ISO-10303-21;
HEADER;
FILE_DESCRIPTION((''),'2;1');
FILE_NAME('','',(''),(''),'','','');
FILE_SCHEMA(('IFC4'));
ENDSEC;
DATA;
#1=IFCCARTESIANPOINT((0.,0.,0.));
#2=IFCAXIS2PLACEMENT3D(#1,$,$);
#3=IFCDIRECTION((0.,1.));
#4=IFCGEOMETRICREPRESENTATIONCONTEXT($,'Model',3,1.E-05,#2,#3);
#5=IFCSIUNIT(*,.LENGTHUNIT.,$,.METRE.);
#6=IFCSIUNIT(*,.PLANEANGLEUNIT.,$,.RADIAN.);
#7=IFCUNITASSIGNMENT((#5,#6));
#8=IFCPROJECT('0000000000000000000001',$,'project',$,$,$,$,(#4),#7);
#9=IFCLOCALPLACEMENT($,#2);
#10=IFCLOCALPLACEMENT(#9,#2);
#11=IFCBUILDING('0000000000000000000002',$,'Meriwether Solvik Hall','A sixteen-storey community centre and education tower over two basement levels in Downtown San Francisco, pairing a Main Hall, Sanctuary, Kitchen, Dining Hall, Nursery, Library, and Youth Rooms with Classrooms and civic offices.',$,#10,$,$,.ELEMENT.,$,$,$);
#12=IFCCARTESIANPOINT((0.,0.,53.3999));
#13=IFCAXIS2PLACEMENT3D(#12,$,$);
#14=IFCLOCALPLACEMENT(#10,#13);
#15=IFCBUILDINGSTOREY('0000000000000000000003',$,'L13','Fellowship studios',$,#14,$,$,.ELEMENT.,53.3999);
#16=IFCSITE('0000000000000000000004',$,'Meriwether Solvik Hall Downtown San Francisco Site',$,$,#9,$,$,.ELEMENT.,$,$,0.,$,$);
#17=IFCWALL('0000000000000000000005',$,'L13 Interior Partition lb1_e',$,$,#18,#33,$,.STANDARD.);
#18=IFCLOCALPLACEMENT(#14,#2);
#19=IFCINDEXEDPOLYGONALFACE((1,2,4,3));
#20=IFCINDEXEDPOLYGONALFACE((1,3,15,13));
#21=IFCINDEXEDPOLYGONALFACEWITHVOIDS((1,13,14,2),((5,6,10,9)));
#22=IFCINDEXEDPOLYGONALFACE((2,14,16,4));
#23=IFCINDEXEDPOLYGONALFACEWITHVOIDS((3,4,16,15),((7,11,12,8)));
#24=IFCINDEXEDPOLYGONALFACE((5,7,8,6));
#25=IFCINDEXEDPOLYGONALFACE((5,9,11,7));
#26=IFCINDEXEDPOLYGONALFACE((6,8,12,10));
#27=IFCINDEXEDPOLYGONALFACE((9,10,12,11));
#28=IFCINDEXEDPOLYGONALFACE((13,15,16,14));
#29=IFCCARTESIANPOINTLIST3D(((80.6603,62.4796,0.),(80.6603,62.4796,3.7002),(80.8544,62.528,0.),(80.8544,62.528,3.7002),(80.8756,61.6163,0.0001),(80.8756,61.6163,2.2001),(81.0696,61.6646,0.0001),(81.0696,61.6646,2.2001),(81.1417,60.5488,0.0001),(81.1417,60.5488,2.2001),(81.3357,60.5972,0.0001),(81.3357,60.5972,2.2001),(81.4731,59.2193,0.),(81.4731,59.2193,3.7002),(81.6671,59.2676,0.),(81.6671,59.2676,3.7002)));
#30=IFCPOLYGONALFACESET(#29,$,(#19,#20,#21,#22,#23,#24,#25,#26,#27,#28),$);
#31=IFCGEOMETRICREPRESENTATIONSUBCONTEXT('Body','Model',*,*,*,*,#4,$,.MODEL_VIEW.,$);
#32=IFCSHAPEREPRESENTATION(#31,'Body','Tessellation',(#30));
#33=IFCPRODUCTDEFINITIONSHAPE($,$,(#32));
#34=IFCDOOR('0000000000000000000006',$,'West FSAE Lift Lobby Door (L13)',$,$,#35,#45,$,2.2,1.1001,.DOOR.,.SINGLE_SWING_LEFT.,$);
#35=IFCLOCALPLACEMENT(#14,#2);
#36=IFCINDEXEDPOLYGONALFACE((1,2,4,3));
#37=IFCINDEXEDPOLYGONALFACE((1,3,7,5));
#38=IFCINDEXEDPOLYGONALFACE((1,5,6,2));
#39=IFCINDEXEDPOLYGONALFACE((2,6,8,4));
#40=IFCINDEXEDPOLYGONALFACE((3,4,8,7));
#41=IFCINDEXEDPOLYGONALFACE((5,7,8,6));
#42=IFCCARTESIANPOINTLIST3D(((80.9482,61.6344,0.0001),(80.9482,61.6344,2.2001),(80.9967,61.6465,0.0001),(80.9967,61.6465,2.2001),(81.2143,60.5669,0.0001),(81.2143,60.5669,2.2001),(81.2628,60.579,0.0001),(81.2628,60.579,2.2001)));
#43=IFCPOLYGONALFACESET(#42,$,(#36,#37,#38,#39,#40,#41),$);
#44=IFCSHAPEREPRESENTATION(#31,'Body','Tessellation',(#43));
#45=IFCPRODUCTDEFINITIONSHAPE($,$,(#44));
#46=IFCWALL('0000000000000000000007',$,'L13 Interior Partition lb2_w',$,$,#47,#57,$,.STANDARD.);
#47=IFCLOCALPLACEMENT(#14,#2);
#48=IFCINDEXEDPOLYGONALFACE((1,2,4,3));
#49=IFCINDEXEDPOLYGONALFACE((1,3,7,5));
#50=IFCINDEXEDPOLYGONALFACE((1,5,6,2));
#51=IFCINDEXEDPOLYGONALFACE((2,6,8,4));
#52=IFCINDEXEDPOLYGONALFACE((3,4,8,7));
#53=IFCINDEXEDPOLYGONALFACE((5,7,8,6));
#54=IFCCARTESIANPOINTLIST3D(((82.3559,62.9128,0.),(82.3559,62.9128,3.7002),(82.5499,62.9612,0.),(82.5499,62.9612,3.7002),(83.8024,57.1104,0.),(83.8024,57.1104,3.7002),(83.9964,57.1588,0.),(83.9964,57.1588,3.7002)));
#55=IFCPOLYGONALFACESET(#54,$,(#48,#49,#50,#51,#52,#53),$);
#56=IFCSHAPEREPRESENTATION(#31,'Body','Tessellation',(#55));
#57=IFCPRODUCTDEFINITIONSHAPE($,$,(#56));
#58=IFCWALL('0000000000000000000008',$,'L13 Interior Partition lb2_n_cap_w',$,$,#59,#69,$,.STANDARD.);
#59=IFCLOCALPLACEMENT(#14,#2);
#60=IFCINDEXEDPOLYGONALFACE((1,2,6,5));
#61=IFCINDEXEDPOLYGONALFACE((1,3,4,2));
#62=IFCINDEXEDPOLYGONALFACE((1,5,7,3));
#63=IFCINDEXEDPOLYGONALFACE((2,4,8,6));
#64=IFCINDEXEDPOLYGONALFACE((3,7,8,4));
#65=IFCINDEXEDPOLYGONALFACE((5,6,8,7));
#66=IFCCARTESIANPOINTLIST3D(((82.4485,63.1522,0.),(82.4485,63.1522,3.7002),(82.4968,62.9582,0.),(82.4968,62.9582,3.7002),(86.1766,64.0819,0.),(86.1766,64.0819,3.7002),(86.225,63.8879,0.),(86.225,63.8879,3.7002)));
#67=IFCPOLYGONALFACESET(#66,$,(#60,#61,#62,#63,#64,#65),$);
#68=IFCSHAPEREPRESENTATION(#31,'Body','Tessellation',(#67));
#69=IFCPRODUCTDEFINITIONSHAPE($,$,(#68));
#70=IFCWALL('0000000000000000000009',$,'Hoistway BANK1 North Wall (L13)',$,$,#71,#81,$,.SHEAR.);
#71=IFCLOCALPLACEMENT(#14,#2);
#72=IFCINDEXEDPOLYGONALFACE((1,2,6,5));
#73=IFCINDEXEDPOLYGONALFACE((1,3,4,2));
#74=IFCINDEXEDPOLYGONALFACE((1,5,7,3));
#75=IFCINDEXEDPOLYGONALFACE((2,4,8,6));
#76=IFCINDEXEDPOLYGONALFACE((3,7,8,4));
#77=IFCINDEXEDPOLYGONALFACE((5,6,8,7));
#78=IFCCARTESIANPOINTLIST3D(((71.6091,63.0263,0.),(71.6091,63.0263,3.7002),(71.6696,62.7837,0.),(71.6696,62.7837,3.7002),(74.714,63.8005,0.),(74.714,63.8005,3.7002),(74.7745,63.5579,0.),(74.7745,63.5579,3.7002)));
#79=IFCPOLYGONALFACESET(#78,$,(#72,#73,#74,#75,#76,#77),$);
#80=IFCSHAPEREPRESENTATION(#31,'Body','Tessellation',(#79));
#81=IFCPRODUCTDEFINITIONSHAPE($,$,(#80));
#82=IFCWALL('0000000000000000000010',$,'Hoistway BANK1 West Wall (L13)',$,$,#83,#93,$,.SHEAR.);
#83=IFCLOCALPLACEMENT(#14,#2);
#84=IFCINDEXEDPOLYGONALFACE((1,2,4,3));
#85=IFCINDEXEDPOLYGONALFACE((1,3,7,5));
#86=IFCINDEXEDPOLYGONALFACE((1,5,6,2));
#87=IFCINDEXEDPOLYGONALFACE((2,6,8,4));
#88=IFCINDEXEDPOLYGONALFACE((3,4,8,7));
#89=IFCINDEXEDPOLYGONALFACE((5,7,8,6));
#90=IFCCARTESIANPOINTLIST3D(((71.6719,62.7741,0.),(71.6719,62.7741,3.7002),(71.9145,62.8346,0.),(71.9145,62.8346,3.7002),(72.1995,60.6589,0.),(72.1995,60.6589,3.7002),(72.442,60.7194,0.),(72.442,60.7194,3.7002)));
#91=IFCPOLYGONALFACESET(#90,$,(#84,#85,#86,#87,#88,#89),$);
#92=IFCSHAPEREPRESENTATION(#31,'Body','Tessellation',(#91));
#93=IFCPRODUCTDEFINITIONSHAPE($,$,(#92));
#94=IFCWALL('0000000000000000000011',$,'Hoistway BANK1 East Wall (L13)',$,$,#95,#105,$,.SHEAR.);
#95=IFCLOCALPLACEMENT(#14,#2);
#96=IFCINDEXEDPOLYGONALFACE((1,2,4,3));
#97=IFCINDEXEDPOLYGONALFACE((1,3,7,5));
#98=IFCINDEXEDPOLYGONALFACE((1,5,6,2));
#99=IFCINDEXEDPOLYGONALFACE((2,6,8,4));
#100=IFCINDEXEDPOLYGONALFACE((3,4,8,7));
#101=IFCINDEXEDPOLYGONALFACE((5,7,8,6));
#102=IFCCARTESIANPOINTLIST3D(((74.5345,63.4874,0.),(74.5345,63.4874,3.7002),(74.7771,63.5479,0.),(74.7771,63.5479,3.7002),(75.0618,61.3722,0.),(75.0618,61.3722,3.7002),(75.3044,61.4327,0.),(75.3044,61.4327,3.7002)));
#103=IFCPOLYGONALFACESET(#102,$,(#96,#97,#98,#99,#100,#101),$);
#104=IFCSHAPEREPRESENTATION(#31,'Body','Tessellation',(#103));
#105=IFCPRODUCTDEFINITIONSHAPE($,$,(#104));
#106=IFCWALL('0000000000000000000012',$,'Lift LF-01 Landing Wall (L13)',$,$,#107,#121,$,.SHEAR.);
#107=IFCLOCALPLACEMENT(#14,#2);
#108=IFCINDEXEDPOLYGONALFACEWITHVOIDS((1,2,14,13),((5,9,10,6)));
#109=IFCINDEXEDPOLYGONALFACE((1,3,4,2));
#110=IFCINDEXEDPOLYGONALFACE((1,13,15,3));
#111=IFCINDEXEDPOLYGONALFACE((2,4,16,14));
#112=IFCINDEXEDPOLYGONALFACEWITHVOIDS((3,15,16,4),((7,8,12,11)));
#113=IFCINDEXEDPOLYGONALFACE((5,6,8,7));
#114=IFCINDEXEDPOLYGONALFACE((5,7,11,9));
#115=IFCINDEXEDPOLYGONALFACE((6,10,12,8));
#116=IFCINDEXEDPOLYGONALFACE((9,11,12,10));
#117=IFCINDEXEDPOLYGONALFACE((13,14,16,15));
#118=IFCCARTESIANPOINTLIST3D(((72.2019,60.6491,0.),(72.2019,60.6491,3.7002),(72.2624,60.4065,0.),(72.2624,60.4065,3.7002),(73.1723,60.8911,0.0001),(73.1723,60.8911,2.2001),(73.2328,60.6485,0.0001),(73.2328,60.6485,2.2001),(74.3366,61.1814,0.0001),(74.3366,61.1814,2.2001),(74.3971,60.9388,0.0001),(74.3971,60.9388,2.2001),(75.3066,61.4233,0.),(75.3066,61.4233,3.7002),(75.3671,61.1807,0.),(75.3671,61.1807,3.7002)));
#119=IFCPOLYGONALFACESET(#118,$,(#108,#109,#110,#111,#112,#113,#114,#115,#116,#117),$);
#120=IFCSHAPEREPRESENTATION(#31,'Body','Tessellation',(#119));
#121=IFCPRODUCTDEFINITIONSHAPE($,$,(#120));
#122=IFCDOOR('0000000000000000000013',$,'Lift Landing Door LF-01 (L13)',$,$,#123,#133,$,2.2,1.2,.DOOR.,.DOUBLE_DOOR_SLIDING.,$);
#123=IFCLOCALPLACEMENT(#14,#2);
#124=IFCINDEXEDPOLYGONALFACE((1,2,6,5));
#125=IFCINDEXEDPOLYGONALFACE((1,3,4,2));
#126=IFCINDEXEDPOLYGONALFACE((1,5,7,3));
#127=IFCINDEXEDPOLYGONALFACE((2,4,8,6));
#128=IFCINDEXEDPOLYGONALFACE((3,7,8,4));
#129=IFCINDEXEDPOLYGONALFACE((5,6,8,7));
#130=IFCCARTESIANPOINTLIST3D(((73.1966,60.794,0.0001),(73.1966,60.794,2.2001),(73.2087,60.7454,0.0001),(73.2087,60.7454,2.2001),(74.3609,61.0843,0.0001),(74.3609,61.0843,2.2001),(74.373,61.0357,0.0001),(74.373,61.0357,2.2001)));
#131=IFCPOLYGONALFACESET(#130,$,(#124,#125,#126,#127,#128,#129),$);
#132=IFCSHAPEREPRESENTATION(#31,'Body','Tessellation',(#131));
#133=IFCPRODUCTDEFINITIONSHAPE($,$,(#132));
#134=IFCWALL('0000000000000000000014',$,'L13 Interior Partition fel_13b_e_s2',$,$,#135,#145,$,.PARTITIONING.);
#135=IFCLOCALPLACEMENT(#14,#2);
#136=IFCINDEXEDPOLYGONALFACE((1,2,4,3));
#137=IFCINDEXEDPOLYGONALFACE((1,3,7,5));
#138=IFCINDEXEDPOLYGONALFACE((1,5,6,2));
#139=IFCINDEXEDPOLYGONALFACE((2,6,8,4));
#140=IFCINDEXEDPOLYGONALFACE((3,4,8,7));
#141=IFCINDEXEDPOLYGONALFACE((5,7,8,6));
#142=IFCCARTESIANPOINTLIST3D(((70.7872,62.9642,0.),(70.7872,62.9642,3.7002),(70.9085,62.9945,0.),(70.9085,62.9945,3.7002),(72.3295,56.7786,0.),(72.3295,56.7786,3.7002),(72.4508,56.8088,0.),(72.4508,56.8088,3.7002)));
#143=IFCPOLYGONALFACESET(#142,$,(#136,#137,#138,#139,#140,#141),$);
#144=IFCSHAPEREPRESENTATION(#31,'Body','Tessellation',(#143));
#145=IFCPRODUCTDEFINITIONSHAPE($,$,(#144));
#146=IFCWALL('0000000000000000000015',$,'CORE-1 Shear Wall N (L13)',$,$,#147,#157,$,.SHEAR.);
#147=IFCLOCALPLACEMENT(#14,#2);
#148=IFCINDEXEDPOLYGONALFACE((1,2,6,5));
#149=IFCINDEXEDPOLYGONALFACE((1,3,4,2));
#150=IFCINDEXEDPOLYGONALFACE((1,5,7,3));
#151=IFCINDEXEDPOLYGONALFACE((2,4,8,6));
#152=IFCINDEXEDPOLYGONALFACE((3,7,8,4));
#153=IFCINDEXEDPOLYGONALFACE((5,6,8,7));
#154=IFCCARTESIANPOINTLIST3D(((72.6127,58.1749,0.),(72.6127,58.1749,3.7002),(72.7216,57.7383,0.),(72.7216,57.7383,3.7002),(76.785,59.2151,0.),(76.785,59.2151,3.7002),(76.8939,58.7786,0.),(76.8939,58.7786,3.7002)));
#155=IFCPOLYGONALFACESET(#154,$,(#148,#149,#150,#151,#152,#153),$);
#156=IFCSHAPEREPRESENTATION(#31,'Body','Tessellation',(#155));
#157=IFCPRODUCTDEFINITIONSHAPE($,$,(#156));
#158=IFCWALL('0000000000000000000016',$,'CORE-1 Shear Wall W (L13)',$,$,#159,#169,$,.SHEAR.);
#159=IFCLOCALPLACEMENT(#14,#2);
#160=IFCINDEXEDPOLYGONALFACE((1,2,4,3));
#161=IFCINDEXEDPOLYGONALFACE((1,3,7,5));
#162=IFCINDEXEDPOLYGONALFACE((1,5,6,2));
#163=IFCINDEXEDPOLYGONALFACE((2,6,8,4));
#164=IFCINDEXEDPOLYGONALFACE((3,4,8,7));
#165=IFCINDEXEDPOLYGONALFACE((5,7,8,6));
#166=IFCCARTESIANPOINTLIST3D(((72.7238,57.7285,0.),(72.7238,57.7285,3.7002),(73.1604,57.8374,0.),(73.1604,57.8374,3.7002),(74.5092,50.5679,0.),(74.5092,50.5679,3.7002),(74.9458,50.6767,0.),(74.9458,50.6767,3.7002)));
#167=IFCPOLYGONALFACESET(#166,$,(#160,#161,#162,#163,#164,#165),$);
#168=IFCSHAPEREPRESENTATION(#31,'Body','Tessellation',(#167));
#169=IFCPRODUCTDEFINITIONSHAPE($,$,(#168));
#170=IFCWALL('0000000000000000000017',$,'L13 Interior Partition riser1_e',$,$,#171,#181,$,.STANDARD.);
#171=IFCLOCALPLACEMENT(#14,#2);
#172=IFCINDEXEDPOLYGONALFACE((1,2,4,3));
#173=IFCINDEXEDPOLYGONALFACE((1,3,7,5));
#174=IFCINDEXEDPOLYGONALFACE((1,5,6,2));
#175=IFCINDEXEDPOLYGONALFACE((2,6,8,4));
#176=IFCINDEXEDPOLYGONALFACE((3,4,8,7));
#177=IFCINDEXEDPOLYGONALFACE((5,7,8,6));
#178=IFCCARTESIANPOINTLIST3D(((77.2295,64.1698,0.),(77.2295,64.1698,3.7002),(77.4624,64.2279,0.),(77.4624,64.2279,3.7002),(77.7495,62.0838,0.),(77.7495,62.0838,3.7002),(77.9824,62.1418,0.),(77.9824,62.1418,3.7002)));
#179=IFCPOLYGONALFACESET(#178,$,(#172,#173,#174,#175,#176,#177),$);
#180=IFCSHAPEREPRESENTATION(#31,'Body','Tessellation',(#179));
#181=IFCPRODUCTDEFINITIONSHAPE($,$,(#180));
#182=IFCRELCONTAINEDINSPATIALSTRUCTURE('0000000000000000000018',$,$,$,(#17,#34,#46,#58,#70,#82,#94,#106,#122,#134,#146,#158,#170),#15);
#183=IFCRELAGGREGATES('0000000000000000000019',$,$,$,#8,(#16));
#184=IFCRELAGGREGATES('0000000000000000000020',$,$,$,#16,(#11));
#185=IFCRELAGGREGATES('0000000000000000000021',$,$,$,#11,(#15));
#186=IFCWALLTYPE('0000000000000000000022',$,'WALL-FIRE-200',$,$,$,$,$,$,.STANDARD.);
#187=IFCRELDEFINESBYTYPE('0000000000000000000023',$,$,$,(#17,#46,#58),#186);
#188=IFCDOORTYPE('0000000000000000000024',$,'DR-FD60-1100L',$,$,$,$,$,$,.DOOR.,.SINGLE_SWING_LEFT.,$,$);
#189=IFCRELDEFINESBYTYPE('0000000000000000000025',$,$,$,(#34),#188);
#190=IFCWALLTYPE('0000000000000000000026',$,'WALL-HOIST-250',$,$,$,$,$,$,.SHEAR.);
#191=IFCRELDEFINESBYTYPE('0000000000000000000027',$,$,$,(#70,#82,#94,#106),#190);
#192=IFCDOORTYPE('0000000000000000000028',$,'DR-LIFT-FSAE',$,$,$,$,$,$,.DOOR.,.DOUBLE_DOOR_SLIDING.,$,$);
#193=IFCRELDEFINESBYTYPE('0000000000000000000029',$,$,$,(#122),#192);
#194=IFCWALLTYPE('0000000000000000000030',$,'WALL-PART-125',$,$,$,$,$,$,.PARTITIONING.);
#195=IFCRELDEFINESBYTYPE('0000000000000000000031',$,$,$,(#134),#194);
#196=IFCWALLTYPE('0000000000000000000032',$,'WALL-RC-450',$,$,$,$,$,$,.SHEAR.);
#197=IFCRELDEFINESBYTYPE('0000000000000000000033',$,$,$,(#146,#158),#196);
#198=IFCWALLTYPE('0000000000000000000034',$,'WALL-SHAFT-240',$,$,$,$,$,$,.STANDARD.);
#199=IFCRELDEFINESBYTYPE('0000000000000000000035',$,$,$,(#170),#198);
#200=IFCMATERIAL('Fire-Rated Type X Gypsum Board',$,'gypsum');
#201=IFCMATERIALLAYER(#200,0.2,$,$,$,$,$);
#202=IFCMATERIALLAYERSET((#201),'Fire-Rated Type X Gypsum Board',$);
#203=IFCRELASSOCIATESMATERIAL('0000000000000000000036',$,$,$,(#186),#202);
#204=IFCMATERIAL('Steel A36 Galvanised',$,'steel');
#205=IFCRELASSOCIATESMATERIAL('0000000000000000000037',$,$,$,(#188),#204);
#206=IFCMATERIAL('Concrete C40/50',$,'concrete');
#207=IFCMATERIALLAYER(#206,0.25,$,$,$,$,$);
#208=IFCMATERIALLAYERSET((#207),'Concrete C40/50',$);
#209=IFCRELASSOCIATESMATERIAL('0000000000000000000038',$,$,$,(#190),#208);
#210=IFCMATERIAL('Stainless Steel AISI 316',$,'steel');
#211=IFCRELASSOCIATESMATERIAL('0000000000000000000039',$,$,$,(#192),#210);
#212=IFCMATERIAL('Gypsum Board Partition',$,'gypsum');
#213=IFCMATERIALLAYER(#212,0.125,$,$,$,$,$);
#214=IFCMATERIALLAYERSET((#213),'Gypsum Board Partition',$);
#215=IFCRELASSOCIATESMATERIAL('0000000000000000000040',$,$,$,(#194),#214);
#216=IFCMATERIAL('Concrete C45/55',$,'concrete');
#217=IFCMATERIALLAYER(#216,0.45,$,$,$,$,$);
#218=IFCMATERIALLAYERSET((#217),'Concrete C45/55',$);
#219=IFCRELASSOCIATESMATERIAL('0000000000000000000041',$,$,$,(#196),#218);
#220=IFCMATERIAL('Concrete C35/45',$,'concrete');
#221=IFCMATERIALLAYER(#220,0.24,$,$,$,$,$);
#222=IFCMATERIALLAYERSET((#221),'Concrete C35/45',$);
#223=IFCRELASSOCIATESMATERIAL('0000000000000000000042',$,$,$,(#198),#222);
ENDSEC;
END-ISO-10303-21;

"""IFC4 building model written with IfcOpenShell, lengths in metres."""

from ifc_helpers import new_model, si_unit, direction, frame, frame_2d, origin, place, context, subcontext, project, spatial, rectangle, extrude, material, layer, layer_set, type_object, element, fill, save


model = new_model("IFC4")

# Units and contexts
model_context = context("Model", 3, precision=1e-05, world=origin(), true_north=direction((0.0, 1.0)))
body_context = subcontext(model_context, "Body", "Model", "MODEL_VIEW")
ifc_project = project(units=[si_unit("LENGTHUNIT", "METRE"), si_unit("PLANEANGLEUNIT", "RADIAN")], contexts=[model_context])

# Site, building, storey
site_placement = place(None, origin())
site = spatial("IfcSite", under=ifc_project, at=site_placement, Name="Meriwether Solvik Hall Downtown San Francisco Site", CompositionType="ELEMENT", RefElevation=0.0)
building_placement = place(site_placement, origin())
building = spatial("IfcBuilding", under=site, at=building_placement, Name="Meriwether Solvik Hall", Description="A sixteen-storey community centre and education tower over two basement levels in Downtown San Francisco, pairing a Main Hall, Sanctuary, Kitchen, Dining Hall, Nursery, Library, and Youth Rooms with Classrooms and civic offices.", CompositionType="ELEMENT")
storey_placement = place(building_placement, frame((0.0, 0.0, 53.3999)))
storey = spatial("IfcBuildingStorey", under=building, at=storey_placement, Name="L13", Description="Fellowship studios", CompositionType="ELEMENT", Elevation=53.3999)

# Shared definitions
ifc_material_1 = material(Name="Fire-Rated Type X Gypsum Board", Category="gypsum")
ifc_layer_1 = layer(ifc_material_1, 0.2)
ifc_layer_set_1 = layer_set([ifc_layer_1], Name="Fire-Rated Type X Gypsum Board")
wall_type_1 = type_object("IfcWallType", Name="WALL-FIRE-200", PredefinedType="STANDARD", material=ifc_layer_set_1)

# Wall, opening, door
wall_1_placement = place(storey_placement, frame((80.7573, 62.5039, 0.0), z_axis=(0.0, 0.0, 1.0), x_axis=(0.241886, -0.970305, 0.0)))
wall_1 = element("IfcWall", 1, at=wall_1_placement, inside=storey, type_object=wall_type_1, Name="L13 Interior Partition lb1_e", PredefinedType="STANDARD", context=body_context, shape_type="SweptSolid", body=[
    extrude(rectangle(XDim=3.3601, YDim=0.2, at=frame_2d((1.6802, 0.0))), origin(), (0.0, 0.0, 1.0), 3.7002),
])
opening_1_placement = place(wall_1_placement, frame((0.8899, 0.0, 0.0)))
opening_1 = element("IfcOpeningElement", 2, at=opening_1_placement, cuts=wall_1, PredefinedType="OPENING", context=body_context, shape_type="SweptSolid", body=[
    extrude(rectangle(XDim=1.1001, YDim=2.2, at=frame_2d((0.55, 1.1001))), frame((0.0, 0.1118, 0.0), z_axis=(0.0, -1.0, 0.0), x_axis=(1.0, 0.0, 0.0)), (0.0, 0.0, 1.0), 0.2239),
])
ifc_material_2 = material(Name="Steel A36 Galvanised", Category="steel")
door_type_1 = type_object("IfcDoorType", Name="DR-FD60-1100L", OperationType="SINGLE_SWING_LEFT", PredefinedType="DOOR", material=ifc_material_2)
door_1_placement = place(opening_1_placement, origin())
door_1 = element("IfcDoor", 3, at=door_1_placement, inside=storey, type_object=door_type_1, Name="West FSAE Lift Lobby Door (L13)", OperationType="SINGLE_SWING_LEFT", OverallHeight=2.2, OverallWidth=1.1001, PredefinedType="DOOR", context=body_context, shape_type="SweptSolid", body=[
    extrude(rectangle(XDim=1.1001, YDim=2.2, at=frame_2d((0.55, 1.1001))), frame((0.0, 0.0249, 0.0), z_axis=(0.0, -1.0, 0.0), x_axis=(1.0, 0.0, 0.0)), (0.0, 0.0, 1.0), 0.05),
])
fill(opening_1, door_1)

# Walls
wall_2_placement = place(storey_placement, frame((82.4529, 62.937, 0.0), z_axis=(0.0, 0.0, 1.0), x_axis=(0.241892, -0.970303, 0.0)))
element("IfcWall", 4, at=wall_2_placement, inside=storey, type_object=wall_type_1, Name="L13 Interior Partition lb2_w", PredefinedType="STANDARD", context=body_context, shape_type="SweptSolid", body=[
    extrude(rectangle(XDim=5.98, YDim=0.2, at=frame_2d((2.99, 0.0))), origin(), (0.0, 0.0, 1.0), 3.7002),
])
wall_3_placement = place(storey_placement, frame((82.4727, 63.0552, 0.0), z_axis=(0.0, 0.0, 1.0), x_axis=(0.970284, 0.241967, 0.0)))
element("IfcWall", 5, at=wall_3_placement, inside=storey, type_object=wall_type_1, Name="L13 Interior Partition lb2_n_cap_w", PredefinedType="STANDARD", context=body_context, shape_type="SweptSolid", body=[
    extrude(rectangle(XDim=3.8423, YDim=0.2, at=frame_2d((1.9211, 0.0))), origin(), (0.0, 0.0, 1.0), 3.7002),
])
ifc_material_3 = material(Name="Concrete C40/50", Category="concrete")
ifc_layer_2 = layer(ifc_material_3, 0.25)
ifc_layer_set_2 = layer_set([ifc_layer_2], Name="Concrete C40/50")
wall_type_2 = type_object("IfcWallType", Name="WALL-HOIST-250", PredefinedType="SHEAR", material=ifc_layer_set_2)
wall_4_placement = place(storey_placement, frame((74.7444, 63.6792, 0.0), z_axis=(0.0, 0.0, 1.0), x_axis=(-0.970295, -0.241925, 0.0)))
element("IfcWall", 6, at=wall_4_placement, inside=storey, type_object=wall_type_2, Name="Hoistway BANK1 North Wall (L13)", PredefinedType="SHEAR", context=body_context, shape_type="SweptSolid", body=[
    extrude(rectangle(XDim=3.2, YDim=0.25, at=frame_2d((1.6001, 0.0))), origin(), (0.0, 0.0, 1.0), 3.7002),
])
for number, where, z_axis, x_axis, name in (
    (7, (71.7932, 62.8042, 0.0), (0.0, 0.0, 1.0), (0.242009, -0.970274, 0.0), "Hoistway BANK1 West Wall (L13)"),
    (8, (75.1831, 61.4026, 0.0), (0.0, 0.0, 1.0), (-0.241903, 0.9703, 0.0), "Hoistway BANK1 East Wall (L13)"),
):
    element("IfcWall", number, at=place(storey_placement, frame(where, z_axis=z_axis, x_axis=x_axis)), inside=storey, type_object=wall_type_2, Name=name, PredefinedType="SHEAR", context=body_context, shape_type="SweptSolid", body=[
        extrude(rectangle(XDim=2.1799, YDim=0.25, at=frame_2d((1.0898, 0.0))), origin(), (0.0, 0.0, 1.0), 3.7002),
    ])

# Wall, opening, door
wall_5_placement = place(storey_placement, frame((72.2322, 60.5278, 0.0), z_axis=(0.0, 0.0, 1.0), x_axis=(0.97029, 0.241943, 0.0)))
wall_5 = element("IfcWall", 9, at=wall_5_placement, inside=storey, type_object=wall_type_2, Name="Lift LF-01 Landing Wall (L13)", PredefinedType="SHEAR", context=body_context, shape_type="SweptSolid", body=[
    extrude(rectangle(XDim=3.1997, YDim=0.25, at=frame_2d((1.5999, 0.0))), origin(), (0.0, 0.0, 1.0), 3.7002),
])
opening_2_placement = place(wall_5_placement, frame((1.0, 0.0, 0.0)))
opening_2 = element("IfcOpeningElement", 10, at=opening_2_placement, cuts=wall_5, PredefinedType="OPENING", context=body_context, shape_type="SweptSolid", body=[
    extrude(rectangle(XDim=1.2, YDim=2.2, at=frame_2d((0.6001, 1.1001))), frame((0.0, 0.137, 0.0), z_axis=(0.0, -1.0, 0.0), x_axis=(1.0, 0.0, 0.0)), (0.0, 0.0, 1.0), 0.2739),
])
ifc_material_4 = material(Name="Stainless Steel AISI 316", Category="steel")
door_type_2 = type_object("IfcDoorType", Name="DR-LIFT-FSAE", OperationType="DOUBLE_DOOR_SLIDING", PredefinedType="DOOR", material=ifc_material_4)
door_2_placement = place(opening_2_placement, origin())
door_2 = element("IfcDoor", 11, at=door_2_placement, inside=storey, type_object=door_type_2, Name="Lift Landing Door LF-01 (L13)", OperationType="DOUBLE_DOOR_SLIDING", OverallHeight=2.2, OverallWidth=1.2, PredefinedType="DOOR", context=body_context, shape_type="SweptSolid", body=[
    extrude(rectangle(XDim=1.2, YDim=2.2, at=frame_2d((0.6001, 1.1001))), frame((0.0, 0.0249, 0.0), z_axis=(0.0, -1.0, 0.0), x_axis=(1.0, 0.0, 0.0)), (0.0, 0.0, 1.0), 0.05),
])
fill(opening_2, door_2)

# Walls
ifc_material_5 = material(Name="Gypsum Board Partition", Category="gypsum")
ifc_layer_3 = layer(ifc_material_5, 0.125)
ifc_layer_set_3 = layer_set([ifc_layer_3], Name="Gypsum Board Partition")
wall_type_3 = type_object("IfcWallType", Name="WALL-PART-125", PredefinedType="PARTITIONING", material=ifc_layer_set_3)
wall_6_placement = place(storey_placement, frame((72.3901, 56.7937, 0.0), z_axis=(0.0, 0.0, 1.0), x_axis=(-0.241923, 0.970295, 0.0)))
element("IfcWall", 12, at=wall_6_placement, inside=storey, type_object=wall_type_3, Name="L13 Interior Partition fel_13b_e_s2", PredefinedType="PARTITIONING", context=body_context, shape_type="SweptSolid", body=[
    extrude(rectangle(XDim=6.375, YDim=0.125, at=frame_2d((3.1875, 0.0))), origin(), (0.0, 0.0, 1.0), 3.7002),
])
ifc_material_6 = material(Name="Concrete C45/55", Category="concrete")
ifc_layer_4 = layer(ifc_material_6, 0.45)
ifc_layer_set_4 = layer_set([ifc_layer_4], Name="Concrete C45/55")
wall_type_4 = type_object("IfcWallType", Name="WALL-RC-450", PredefinedType="SHEAR", material=ifc_layer_set_4)
wall_7_placement = place(storey_placement, frame((76.8394, 58.9968, 0.0), z_axis=(0.0, 0.0, 1.0), x_axis=(-0.970296, -0.241921, 0.0)))
element("IfcWall", 13, at=wall_7_placement, inside=storey, type_object=wall_type_4, Name="CORE-1 Shear Wall N (L13)", PredefinedType="SHEAR", context=body_context, shape_type="SweptSolid", body=[
    extrude(rectangle(XDim=4.3, YDim=0.45, at=frame_2d((2.1499, 0.0))), origin(), (0.0, 0.0, 1.0), 3.7002),
])
wall_8_placement = place(storey_placement, frame((72.9421, 57.783, 0.0), z_axis=(0.0, 0.0, 1.0), x_axis=(0.241928, -0.970294, 0.0)))
element("IfcWall", 14, at=wall_8_placement, inside=storey, type_object=wall_type_4, Name="CORE-1 Shear Wall W (L13)", PredefinedType="SHEAR", context=body_context, shape_type="SweptSolid", body=[
    extrude(rectangle(XDim=7.3799, YDim=0.45, at=frame_2d((3.6899, 0.0))), origin(), (0.0, 0.0, 1.0), 3.7002),
])
ifc_material_7 = material(Name="Concrete C35/45", Category="concrete")
ifc_layer_5 = layer(ifc_material_7, 0.24)
ifc_layer_set_5 = layer_set([ifc_layer_5], Name="Concrete C35/45")
wall_type_5 = type_object("IfcWallType", Name="WALL-SHAFT-240", PredefinedType="STANDARD", material=ifc_layer_set_5)
wall_9_placement = place(storey_placement, frame((77.866, 62.1128, 0.0), z_axis=(0.0, 0.0, 1.0), x_axis=(-0.241868, 0.970309, 0.0)))
element("IfcWall", 15, at=wall_9_placement, inside=storey, type_object=wall_type_5, Name="L13 Interior Partition riser1_e", PredefinedType="STANDARD", context=body_context, shape_type="SweptSolid", body=[
    extrude(rectangle(XDim=2.1499, YDim=0.24, at=frame_2d((1.075, 0.0))), origin(), (0.0, 0.0, 1.0), 3.7002),
])

save(model, "model.ifc")
